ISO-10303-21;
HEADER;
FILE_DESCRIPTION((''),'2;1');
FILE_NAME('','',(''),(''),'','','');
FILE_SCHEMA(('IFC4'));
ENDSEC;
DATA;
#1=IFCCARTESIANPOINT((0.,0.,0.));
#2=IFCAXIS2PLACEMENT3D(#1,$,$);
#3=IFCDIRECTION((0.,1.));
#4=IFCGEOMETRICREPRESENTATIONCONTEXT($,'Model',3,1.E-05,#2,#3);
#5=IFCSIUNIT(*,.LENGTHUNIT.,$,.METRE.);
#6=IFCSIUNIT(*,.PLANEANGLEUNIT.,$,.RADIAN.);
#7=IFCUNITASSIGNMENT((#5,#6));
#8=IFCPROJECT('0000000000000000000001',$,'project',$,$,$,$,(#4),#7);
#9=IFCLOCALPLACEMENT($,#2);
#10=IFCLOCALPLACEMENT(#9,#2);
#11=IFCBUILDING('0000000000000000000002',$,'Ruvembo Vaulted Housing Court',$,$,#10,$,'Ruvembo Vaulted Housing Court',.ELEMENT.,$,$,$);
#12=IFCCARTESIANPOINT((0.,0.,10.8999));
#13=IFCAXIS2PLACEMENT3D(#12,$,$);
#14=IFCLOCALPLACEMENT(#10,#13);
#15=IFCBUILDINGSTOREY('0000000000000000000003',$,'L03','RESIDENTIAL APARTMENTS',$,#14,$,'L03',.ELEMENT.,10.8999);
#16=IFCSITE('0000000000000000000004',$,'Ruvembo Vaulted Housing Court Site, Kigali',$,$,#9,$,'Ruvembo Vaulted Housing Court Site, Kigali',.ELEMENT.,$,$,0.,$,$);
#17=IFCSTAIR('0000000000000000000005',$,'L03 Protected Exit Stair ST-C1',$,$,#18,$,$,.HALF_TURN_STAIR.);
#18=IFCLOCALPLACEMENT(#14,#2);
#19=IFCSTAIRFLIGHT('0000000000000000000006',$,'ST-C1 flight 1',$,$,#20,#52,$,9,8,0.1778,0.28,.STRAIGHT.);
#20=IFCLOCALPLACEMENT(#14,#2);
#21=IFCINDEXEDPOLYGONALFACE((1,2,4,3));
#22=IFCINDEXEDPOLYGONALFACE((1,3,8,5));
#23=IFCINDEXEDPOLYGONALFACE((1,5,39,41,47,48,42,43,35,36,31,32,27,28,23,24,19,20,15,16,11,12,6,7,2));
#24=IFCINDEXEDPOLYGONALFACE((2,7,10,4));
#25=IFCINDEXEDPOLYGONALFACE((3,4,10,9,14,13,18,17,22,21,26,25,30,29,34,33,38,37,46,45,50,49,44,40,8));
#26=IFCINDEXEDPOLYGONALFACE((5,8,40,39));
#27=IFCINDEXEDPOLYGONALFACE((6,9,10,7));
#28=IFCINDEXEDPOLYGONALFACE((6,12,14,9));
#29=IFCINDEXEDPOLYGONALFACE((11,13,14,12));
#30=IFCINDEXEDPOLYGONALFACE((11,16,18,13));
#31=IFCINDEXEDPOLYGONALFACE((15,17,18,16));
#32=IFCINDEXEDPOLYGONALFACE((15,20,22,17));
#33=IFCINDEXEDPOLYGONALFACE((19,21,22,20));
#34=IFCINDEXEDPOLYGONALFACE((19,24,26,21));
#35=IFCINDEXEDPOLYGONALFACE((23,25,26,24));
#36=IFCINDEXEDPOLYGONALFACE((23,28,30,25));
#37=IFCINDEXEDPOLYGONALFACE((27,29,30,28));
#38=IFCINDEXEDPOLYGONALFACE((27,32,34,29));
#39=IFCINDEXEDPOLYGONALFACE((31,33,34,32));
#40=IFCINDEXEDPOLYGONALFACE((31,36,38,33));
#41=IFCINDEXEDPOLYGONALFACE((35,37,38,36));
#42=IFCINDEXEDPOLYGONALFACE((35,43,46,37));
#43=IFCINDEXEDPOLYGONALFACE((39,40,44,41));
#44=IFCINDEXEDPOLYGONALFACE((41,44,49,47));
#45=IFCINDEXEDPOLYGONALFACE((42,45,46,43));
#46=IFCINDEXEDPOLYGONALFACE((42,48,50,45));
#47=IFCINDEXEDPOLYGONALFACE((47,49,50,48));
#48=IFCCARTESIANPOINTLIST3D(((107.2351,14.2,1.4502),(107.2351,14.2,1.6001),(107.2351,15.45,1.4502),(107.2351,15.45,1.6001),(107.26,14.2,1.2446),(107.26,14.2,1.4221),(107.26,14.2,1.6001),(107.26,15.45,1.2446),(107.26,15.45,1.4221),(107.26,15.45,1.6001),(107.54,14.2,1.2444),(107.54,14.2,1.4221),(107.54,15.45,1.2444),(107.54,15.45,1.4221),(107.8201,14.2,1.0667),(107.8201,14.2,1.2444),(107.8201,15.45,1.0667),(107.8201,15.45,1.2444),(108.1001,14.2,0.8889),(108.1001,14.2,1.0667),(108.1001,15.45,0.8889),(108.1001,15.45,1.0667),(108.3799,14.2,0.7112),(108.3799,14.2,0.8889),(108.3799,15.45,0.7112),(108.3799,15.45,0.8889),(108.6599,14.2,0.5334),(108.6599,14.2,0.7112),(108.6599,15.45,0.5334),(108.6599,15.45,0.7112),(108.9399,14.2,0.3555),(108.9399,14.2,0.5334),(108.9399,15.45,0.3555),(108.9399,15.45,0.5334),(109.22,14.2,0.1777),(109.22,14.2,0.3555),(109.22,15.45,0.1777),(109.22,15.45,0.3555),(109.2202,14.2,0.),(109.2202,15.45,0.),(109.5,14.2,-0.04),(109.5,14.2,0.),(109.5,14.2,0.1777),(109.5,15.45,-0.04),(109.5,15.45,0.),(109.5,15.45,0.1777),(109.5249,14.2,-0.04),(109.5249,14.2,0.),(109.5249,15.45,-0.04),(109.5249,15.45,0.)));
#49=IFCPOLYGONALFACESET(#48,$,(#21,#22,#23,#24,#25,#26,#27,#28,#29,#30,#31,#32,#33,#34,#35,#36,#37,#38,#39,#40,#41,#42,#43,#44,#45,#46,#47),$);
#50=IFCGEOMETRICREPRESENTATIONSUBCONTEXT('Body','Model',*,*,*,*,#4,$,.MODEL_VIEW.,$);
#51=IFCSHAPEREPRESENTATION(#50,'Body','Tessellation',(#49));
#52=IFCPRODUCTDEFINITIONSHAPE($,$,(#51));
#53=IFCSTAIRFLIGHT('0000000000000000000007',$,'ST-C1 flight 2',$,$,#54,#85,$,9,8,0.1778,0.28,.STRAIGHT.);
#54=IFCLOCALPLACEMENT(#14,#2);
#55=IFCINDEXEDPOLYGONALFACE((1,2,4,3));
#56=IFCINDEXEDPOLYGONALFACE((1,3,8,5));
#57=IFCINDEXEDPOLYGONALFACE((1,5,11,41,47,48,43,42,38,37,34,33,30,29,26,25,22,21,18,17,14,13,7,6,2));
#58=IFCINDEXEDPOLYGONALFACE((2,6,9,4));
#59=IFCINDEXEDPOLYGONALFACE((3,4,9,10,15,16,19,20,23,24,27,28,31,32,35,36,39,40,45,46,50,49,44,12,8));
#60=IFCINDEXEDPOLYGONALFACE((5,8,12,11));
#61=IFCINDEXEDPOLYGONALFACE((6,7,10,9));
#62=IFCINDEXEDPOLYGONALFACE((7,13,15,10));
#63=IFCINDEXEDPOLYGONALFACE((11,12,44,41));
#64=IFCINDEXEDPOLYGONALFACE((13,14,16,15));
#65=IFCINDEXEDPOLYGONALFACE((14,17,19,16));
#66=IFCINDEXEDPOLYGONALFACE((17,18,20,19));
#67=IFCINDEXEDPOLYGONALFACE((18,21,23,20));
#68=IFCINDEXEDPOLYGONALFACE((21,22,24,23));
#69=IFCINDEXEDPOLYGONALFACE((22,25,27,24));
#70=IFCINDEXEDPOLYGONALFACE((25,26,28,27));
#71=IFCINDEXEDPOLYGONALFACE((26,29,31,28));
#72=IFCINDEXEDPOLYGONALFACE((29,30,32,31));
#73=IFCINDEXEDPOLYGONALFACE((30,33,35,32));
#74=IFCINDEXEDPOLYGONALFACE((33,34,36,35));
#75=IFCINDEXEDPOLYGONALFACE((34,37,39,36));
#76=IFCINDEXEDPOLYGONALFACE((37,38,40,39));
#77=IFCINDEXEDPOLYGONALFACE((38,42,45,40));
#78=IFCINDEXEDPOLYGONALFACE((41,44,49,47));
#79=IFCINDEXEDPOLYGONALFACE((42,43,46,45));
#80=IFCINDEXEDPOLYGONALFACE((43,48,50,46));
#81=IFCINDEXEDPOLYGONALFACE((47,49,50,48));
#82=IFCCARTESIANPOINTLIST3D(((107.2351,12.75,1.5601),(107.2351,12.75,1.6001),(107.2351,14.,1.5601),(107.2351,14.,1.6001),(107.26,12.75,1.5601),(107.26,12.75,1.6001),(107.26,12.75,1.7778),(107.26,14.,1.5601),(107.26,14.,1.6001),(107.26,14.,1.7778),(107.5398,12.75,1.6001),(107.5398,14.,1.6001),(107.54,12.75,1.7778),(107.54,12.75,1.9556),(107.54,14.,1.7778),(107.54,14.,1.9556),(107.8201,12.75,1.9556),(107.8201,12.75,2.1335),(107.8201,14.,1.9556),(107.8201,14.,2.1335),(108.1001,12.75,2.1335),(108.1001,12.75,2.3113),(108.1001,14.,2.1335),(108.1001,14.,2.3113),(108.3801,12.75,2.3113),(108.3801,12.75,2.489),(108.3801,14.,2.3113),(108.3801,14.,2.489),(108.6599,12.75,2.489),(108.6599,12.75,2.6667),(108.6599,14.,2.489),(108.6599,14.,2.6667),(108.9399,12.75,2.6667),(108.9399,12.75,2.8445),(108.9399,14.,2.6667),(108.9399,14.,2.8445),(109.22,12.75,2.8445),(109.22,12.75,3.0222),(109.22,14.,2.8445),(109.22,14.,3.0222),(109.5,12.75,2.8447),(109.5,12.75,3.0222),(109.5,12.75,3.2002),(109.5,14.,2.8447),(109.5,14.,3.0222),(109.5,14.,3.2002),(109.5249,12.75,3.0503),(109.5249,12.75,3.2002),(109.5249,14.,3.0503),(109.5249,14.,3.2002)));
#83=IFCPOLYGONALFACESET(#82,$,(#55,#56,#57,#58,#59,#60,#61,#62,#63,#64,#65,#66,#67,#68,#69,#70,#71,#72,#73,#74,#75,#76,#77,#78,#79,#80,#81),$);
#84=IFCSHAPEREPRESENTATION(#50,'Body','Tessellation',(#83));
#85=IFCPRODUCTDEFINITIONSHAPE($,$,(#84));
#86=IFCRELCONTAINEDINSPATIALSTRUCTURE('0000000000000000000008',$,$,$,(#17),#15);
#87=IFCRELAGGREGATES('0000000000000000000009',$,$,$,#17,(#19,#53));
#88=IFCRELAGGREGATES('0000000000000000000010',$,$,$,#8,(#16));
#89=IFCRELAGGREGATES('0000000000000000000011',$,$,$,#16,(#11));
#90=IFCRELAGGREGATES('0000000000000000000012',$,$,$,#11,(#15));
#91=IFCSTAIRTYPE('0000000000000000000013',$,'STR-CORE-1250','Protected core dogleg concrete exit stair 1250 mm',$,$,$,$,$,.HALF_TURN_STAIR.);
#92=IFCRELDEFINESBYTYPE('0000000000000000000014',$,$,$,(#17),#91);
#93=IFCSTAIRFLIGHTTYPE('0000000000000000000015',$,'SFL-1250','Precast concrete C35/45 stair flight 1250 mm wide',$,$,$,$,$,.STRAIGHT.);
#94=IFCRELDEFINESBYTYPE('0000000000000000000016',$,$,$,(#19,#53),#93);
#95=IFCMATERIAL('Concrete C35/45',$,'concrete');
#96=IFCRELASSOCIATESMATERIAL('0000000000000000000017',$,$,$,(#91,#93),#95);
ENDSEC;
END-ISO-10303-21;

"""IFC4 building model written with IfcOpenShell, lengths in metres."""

from ifc_helpers import new_model, si_unit, direction, frame, origin, place, context, subcontext, project, spatial, polyline, outline, extrude, material, type_object, element, aggregate, save


model = new_model("IFC4")

# Units and contexts
model_context = context("Model", 3, precision=1e-05, world=origin(), true_north=direction((0.0, 1.0)))
body_context = subcontext(model_context, "Body", "Model", "MODEL_VIEW")
ifc_project = project(units=[si_unit("LENGTHUNIT", "METRE"), si_unit("PLANEANGLEUNIT", "RADIAN")], contexts=[model_context])

# Site, building, storey
site_placement = place(None, origin())
site = spatial("IfcSite", under=ifc_project, at=site_placement, Name="Ruvembo Vaulted Housing Court Site, Kigali", LongName="Ruvembo Vaulted Housing Court Site, Kigali", CompositionType="ELEMENT", RefElevation=0.0)
building_placement = place(site_placement, origin())
building = spatial("IfcBuilding", under=site, at=building_placement, Name="Ruvembo Vaulted Housing Court", LongName="Ruvembo Vaulted Housing Court", CompositionType="ELEMENT")
storey_placement = place(building_placement, frame((0.0, 0.0, 10.8999)))
storey = spatial("IfcBuildingStorey", under=building, at=storey_placement, Name="L03", Description="RESIDENTIAL APARTMENTS", LongName="L03", CompositionType="ELEMENT", Elevation=10.8999)

# Shared definitions
ifc_material_1 = material(Name="Concrete C35/45", Category="concrete")

# Stair, stair flights
stair_type = type_object("IfcStairType", Name="STR-CORE-1250", Description="Protected core dogleg concrete exit stair 1250 mm", PredefinedType="HALF_TURN_STAIR", material=ifc_material_1)
stair_placement = place(storey_placement, origin())
stair = element("IfcStair", 1, at=stair_placement, inside=storey, type_object=stair_type, Name="L03 Protected Exit Stair ST-C1", PredefinedType="HALF_TURN_STAIR")
stair_flight_type = type_object("IfcStairFlightType", Name="SFL-1250", Description="Precast concrete C35/45 stair flight 1250 mm wide", PredefinedType="STRAIGHT", material=ifc_material_1)
stair_flight_1_placement = place(storey_placement, frame((109.5, 14.825, 0.0), z_axis=(0.0, 0.0, 1.0), x_axis=(-1.0, 0.0, 0.0)))
stair_flight_1 = element("IfcStairFlight", 2, at=stair_flight_1_placement, type_object=stair_flight_type, Name="ST-C1 flight 1", NumberOfRisers=9, NumberOfTreads=8, PredefinedType="STRAIGHT", RiserHeight=0.1778, TreadLength=0.28, context=body_context, shape_type="SweptSolid", body=[
    extrude(outline(polyline([(-0.0249, -0.04), (-0.0249, 0.0), (0.0, 0.0), (0.0, 0.1777), (0.28, 0.1777), (0.28, 0.3555), (0.5601, 0.3555), (0.5601, 0.5334), (0.8401, 0.5334), (0.8401, 0.7112), (1.1201, 0.7112), (1.1201, 0.8889), (1.3999, 0.8889), (1.3999, 1.0667), (1.6799, 1.0667), (1.6799, 1.2444), (1.96, 1.2444), (1.96, 1.4221), (2.24, 1.4221), (2.24, 1.6001), (2.2649, 1.6001), (2.2649, 1.4502), (2.24, 1.2446), (0.2798, 0.0), (0.0, -0.04), (-0.0249, -0.04)])), frame((0.0, 0.625, 0.0), z_axis=(0.0, -1.0, 0.0), x_axis=(1.0, 0.0, 0.0)), (0.0, 0.0, 1.0), 1.25),
])
stair_flight_2_placement = place(storey_placement, frame((107.26, 13.375, 1.6001), z_axis=(0.0, 0.0, 1.0), x_axis=(1.0, 0.0, 0.0)))
stair_flight_2 = element("IfcStairFlight", 3, at=stair_flight_2_placement, type_object=stair_flight_type, Name="ST-C1 flight 2", NumberOfRisers=9, NumberOfTreads=8, PredefinedType="STRAIGHT", RiserHeight=0.1778, TreadLength=0.28, context=body_context, shape_type="SweptSolid", body=[
    extrude(outline(polyline([(-0.0249, -0.04), (-0.0249, 0.0), (0.0, 0.0), (0.0, 0.1777), (0.28, 0.1777), (0.28, 0.3555), (0.5601, 0.3555), (0.5601, 0.5334), (0.8401, 0.5334), (0.8401, 0.7112), (1.1201, 0.7112), (1.1201, 0.8889), (1.3999, 0.8889), (1.3999, 1.0667), (1.6799, 1.0667), (1.6799, 1.2444), (1.96, 1.2444), (1.96, 1.4221), (2.24, 1.4221), (2.24, 1.6001), (2.2649, 1.6001), (2.2649, 1.4502), (2.24, 1.2446), (0.2798, 0.0), (0.0, -0.04), (-0.0249, -0.04)])), frame((0.0, 0.625, 0.0), z_axis=(0.0, -1.0, 0.0), x_axis=(1.0, 0.0, 0.0)), (0.0, 0.0, 1.0), 1.25),
])
aggregate(stair, [stair_flight_1, stair_flight_2])

save(model, "model.ifc")
